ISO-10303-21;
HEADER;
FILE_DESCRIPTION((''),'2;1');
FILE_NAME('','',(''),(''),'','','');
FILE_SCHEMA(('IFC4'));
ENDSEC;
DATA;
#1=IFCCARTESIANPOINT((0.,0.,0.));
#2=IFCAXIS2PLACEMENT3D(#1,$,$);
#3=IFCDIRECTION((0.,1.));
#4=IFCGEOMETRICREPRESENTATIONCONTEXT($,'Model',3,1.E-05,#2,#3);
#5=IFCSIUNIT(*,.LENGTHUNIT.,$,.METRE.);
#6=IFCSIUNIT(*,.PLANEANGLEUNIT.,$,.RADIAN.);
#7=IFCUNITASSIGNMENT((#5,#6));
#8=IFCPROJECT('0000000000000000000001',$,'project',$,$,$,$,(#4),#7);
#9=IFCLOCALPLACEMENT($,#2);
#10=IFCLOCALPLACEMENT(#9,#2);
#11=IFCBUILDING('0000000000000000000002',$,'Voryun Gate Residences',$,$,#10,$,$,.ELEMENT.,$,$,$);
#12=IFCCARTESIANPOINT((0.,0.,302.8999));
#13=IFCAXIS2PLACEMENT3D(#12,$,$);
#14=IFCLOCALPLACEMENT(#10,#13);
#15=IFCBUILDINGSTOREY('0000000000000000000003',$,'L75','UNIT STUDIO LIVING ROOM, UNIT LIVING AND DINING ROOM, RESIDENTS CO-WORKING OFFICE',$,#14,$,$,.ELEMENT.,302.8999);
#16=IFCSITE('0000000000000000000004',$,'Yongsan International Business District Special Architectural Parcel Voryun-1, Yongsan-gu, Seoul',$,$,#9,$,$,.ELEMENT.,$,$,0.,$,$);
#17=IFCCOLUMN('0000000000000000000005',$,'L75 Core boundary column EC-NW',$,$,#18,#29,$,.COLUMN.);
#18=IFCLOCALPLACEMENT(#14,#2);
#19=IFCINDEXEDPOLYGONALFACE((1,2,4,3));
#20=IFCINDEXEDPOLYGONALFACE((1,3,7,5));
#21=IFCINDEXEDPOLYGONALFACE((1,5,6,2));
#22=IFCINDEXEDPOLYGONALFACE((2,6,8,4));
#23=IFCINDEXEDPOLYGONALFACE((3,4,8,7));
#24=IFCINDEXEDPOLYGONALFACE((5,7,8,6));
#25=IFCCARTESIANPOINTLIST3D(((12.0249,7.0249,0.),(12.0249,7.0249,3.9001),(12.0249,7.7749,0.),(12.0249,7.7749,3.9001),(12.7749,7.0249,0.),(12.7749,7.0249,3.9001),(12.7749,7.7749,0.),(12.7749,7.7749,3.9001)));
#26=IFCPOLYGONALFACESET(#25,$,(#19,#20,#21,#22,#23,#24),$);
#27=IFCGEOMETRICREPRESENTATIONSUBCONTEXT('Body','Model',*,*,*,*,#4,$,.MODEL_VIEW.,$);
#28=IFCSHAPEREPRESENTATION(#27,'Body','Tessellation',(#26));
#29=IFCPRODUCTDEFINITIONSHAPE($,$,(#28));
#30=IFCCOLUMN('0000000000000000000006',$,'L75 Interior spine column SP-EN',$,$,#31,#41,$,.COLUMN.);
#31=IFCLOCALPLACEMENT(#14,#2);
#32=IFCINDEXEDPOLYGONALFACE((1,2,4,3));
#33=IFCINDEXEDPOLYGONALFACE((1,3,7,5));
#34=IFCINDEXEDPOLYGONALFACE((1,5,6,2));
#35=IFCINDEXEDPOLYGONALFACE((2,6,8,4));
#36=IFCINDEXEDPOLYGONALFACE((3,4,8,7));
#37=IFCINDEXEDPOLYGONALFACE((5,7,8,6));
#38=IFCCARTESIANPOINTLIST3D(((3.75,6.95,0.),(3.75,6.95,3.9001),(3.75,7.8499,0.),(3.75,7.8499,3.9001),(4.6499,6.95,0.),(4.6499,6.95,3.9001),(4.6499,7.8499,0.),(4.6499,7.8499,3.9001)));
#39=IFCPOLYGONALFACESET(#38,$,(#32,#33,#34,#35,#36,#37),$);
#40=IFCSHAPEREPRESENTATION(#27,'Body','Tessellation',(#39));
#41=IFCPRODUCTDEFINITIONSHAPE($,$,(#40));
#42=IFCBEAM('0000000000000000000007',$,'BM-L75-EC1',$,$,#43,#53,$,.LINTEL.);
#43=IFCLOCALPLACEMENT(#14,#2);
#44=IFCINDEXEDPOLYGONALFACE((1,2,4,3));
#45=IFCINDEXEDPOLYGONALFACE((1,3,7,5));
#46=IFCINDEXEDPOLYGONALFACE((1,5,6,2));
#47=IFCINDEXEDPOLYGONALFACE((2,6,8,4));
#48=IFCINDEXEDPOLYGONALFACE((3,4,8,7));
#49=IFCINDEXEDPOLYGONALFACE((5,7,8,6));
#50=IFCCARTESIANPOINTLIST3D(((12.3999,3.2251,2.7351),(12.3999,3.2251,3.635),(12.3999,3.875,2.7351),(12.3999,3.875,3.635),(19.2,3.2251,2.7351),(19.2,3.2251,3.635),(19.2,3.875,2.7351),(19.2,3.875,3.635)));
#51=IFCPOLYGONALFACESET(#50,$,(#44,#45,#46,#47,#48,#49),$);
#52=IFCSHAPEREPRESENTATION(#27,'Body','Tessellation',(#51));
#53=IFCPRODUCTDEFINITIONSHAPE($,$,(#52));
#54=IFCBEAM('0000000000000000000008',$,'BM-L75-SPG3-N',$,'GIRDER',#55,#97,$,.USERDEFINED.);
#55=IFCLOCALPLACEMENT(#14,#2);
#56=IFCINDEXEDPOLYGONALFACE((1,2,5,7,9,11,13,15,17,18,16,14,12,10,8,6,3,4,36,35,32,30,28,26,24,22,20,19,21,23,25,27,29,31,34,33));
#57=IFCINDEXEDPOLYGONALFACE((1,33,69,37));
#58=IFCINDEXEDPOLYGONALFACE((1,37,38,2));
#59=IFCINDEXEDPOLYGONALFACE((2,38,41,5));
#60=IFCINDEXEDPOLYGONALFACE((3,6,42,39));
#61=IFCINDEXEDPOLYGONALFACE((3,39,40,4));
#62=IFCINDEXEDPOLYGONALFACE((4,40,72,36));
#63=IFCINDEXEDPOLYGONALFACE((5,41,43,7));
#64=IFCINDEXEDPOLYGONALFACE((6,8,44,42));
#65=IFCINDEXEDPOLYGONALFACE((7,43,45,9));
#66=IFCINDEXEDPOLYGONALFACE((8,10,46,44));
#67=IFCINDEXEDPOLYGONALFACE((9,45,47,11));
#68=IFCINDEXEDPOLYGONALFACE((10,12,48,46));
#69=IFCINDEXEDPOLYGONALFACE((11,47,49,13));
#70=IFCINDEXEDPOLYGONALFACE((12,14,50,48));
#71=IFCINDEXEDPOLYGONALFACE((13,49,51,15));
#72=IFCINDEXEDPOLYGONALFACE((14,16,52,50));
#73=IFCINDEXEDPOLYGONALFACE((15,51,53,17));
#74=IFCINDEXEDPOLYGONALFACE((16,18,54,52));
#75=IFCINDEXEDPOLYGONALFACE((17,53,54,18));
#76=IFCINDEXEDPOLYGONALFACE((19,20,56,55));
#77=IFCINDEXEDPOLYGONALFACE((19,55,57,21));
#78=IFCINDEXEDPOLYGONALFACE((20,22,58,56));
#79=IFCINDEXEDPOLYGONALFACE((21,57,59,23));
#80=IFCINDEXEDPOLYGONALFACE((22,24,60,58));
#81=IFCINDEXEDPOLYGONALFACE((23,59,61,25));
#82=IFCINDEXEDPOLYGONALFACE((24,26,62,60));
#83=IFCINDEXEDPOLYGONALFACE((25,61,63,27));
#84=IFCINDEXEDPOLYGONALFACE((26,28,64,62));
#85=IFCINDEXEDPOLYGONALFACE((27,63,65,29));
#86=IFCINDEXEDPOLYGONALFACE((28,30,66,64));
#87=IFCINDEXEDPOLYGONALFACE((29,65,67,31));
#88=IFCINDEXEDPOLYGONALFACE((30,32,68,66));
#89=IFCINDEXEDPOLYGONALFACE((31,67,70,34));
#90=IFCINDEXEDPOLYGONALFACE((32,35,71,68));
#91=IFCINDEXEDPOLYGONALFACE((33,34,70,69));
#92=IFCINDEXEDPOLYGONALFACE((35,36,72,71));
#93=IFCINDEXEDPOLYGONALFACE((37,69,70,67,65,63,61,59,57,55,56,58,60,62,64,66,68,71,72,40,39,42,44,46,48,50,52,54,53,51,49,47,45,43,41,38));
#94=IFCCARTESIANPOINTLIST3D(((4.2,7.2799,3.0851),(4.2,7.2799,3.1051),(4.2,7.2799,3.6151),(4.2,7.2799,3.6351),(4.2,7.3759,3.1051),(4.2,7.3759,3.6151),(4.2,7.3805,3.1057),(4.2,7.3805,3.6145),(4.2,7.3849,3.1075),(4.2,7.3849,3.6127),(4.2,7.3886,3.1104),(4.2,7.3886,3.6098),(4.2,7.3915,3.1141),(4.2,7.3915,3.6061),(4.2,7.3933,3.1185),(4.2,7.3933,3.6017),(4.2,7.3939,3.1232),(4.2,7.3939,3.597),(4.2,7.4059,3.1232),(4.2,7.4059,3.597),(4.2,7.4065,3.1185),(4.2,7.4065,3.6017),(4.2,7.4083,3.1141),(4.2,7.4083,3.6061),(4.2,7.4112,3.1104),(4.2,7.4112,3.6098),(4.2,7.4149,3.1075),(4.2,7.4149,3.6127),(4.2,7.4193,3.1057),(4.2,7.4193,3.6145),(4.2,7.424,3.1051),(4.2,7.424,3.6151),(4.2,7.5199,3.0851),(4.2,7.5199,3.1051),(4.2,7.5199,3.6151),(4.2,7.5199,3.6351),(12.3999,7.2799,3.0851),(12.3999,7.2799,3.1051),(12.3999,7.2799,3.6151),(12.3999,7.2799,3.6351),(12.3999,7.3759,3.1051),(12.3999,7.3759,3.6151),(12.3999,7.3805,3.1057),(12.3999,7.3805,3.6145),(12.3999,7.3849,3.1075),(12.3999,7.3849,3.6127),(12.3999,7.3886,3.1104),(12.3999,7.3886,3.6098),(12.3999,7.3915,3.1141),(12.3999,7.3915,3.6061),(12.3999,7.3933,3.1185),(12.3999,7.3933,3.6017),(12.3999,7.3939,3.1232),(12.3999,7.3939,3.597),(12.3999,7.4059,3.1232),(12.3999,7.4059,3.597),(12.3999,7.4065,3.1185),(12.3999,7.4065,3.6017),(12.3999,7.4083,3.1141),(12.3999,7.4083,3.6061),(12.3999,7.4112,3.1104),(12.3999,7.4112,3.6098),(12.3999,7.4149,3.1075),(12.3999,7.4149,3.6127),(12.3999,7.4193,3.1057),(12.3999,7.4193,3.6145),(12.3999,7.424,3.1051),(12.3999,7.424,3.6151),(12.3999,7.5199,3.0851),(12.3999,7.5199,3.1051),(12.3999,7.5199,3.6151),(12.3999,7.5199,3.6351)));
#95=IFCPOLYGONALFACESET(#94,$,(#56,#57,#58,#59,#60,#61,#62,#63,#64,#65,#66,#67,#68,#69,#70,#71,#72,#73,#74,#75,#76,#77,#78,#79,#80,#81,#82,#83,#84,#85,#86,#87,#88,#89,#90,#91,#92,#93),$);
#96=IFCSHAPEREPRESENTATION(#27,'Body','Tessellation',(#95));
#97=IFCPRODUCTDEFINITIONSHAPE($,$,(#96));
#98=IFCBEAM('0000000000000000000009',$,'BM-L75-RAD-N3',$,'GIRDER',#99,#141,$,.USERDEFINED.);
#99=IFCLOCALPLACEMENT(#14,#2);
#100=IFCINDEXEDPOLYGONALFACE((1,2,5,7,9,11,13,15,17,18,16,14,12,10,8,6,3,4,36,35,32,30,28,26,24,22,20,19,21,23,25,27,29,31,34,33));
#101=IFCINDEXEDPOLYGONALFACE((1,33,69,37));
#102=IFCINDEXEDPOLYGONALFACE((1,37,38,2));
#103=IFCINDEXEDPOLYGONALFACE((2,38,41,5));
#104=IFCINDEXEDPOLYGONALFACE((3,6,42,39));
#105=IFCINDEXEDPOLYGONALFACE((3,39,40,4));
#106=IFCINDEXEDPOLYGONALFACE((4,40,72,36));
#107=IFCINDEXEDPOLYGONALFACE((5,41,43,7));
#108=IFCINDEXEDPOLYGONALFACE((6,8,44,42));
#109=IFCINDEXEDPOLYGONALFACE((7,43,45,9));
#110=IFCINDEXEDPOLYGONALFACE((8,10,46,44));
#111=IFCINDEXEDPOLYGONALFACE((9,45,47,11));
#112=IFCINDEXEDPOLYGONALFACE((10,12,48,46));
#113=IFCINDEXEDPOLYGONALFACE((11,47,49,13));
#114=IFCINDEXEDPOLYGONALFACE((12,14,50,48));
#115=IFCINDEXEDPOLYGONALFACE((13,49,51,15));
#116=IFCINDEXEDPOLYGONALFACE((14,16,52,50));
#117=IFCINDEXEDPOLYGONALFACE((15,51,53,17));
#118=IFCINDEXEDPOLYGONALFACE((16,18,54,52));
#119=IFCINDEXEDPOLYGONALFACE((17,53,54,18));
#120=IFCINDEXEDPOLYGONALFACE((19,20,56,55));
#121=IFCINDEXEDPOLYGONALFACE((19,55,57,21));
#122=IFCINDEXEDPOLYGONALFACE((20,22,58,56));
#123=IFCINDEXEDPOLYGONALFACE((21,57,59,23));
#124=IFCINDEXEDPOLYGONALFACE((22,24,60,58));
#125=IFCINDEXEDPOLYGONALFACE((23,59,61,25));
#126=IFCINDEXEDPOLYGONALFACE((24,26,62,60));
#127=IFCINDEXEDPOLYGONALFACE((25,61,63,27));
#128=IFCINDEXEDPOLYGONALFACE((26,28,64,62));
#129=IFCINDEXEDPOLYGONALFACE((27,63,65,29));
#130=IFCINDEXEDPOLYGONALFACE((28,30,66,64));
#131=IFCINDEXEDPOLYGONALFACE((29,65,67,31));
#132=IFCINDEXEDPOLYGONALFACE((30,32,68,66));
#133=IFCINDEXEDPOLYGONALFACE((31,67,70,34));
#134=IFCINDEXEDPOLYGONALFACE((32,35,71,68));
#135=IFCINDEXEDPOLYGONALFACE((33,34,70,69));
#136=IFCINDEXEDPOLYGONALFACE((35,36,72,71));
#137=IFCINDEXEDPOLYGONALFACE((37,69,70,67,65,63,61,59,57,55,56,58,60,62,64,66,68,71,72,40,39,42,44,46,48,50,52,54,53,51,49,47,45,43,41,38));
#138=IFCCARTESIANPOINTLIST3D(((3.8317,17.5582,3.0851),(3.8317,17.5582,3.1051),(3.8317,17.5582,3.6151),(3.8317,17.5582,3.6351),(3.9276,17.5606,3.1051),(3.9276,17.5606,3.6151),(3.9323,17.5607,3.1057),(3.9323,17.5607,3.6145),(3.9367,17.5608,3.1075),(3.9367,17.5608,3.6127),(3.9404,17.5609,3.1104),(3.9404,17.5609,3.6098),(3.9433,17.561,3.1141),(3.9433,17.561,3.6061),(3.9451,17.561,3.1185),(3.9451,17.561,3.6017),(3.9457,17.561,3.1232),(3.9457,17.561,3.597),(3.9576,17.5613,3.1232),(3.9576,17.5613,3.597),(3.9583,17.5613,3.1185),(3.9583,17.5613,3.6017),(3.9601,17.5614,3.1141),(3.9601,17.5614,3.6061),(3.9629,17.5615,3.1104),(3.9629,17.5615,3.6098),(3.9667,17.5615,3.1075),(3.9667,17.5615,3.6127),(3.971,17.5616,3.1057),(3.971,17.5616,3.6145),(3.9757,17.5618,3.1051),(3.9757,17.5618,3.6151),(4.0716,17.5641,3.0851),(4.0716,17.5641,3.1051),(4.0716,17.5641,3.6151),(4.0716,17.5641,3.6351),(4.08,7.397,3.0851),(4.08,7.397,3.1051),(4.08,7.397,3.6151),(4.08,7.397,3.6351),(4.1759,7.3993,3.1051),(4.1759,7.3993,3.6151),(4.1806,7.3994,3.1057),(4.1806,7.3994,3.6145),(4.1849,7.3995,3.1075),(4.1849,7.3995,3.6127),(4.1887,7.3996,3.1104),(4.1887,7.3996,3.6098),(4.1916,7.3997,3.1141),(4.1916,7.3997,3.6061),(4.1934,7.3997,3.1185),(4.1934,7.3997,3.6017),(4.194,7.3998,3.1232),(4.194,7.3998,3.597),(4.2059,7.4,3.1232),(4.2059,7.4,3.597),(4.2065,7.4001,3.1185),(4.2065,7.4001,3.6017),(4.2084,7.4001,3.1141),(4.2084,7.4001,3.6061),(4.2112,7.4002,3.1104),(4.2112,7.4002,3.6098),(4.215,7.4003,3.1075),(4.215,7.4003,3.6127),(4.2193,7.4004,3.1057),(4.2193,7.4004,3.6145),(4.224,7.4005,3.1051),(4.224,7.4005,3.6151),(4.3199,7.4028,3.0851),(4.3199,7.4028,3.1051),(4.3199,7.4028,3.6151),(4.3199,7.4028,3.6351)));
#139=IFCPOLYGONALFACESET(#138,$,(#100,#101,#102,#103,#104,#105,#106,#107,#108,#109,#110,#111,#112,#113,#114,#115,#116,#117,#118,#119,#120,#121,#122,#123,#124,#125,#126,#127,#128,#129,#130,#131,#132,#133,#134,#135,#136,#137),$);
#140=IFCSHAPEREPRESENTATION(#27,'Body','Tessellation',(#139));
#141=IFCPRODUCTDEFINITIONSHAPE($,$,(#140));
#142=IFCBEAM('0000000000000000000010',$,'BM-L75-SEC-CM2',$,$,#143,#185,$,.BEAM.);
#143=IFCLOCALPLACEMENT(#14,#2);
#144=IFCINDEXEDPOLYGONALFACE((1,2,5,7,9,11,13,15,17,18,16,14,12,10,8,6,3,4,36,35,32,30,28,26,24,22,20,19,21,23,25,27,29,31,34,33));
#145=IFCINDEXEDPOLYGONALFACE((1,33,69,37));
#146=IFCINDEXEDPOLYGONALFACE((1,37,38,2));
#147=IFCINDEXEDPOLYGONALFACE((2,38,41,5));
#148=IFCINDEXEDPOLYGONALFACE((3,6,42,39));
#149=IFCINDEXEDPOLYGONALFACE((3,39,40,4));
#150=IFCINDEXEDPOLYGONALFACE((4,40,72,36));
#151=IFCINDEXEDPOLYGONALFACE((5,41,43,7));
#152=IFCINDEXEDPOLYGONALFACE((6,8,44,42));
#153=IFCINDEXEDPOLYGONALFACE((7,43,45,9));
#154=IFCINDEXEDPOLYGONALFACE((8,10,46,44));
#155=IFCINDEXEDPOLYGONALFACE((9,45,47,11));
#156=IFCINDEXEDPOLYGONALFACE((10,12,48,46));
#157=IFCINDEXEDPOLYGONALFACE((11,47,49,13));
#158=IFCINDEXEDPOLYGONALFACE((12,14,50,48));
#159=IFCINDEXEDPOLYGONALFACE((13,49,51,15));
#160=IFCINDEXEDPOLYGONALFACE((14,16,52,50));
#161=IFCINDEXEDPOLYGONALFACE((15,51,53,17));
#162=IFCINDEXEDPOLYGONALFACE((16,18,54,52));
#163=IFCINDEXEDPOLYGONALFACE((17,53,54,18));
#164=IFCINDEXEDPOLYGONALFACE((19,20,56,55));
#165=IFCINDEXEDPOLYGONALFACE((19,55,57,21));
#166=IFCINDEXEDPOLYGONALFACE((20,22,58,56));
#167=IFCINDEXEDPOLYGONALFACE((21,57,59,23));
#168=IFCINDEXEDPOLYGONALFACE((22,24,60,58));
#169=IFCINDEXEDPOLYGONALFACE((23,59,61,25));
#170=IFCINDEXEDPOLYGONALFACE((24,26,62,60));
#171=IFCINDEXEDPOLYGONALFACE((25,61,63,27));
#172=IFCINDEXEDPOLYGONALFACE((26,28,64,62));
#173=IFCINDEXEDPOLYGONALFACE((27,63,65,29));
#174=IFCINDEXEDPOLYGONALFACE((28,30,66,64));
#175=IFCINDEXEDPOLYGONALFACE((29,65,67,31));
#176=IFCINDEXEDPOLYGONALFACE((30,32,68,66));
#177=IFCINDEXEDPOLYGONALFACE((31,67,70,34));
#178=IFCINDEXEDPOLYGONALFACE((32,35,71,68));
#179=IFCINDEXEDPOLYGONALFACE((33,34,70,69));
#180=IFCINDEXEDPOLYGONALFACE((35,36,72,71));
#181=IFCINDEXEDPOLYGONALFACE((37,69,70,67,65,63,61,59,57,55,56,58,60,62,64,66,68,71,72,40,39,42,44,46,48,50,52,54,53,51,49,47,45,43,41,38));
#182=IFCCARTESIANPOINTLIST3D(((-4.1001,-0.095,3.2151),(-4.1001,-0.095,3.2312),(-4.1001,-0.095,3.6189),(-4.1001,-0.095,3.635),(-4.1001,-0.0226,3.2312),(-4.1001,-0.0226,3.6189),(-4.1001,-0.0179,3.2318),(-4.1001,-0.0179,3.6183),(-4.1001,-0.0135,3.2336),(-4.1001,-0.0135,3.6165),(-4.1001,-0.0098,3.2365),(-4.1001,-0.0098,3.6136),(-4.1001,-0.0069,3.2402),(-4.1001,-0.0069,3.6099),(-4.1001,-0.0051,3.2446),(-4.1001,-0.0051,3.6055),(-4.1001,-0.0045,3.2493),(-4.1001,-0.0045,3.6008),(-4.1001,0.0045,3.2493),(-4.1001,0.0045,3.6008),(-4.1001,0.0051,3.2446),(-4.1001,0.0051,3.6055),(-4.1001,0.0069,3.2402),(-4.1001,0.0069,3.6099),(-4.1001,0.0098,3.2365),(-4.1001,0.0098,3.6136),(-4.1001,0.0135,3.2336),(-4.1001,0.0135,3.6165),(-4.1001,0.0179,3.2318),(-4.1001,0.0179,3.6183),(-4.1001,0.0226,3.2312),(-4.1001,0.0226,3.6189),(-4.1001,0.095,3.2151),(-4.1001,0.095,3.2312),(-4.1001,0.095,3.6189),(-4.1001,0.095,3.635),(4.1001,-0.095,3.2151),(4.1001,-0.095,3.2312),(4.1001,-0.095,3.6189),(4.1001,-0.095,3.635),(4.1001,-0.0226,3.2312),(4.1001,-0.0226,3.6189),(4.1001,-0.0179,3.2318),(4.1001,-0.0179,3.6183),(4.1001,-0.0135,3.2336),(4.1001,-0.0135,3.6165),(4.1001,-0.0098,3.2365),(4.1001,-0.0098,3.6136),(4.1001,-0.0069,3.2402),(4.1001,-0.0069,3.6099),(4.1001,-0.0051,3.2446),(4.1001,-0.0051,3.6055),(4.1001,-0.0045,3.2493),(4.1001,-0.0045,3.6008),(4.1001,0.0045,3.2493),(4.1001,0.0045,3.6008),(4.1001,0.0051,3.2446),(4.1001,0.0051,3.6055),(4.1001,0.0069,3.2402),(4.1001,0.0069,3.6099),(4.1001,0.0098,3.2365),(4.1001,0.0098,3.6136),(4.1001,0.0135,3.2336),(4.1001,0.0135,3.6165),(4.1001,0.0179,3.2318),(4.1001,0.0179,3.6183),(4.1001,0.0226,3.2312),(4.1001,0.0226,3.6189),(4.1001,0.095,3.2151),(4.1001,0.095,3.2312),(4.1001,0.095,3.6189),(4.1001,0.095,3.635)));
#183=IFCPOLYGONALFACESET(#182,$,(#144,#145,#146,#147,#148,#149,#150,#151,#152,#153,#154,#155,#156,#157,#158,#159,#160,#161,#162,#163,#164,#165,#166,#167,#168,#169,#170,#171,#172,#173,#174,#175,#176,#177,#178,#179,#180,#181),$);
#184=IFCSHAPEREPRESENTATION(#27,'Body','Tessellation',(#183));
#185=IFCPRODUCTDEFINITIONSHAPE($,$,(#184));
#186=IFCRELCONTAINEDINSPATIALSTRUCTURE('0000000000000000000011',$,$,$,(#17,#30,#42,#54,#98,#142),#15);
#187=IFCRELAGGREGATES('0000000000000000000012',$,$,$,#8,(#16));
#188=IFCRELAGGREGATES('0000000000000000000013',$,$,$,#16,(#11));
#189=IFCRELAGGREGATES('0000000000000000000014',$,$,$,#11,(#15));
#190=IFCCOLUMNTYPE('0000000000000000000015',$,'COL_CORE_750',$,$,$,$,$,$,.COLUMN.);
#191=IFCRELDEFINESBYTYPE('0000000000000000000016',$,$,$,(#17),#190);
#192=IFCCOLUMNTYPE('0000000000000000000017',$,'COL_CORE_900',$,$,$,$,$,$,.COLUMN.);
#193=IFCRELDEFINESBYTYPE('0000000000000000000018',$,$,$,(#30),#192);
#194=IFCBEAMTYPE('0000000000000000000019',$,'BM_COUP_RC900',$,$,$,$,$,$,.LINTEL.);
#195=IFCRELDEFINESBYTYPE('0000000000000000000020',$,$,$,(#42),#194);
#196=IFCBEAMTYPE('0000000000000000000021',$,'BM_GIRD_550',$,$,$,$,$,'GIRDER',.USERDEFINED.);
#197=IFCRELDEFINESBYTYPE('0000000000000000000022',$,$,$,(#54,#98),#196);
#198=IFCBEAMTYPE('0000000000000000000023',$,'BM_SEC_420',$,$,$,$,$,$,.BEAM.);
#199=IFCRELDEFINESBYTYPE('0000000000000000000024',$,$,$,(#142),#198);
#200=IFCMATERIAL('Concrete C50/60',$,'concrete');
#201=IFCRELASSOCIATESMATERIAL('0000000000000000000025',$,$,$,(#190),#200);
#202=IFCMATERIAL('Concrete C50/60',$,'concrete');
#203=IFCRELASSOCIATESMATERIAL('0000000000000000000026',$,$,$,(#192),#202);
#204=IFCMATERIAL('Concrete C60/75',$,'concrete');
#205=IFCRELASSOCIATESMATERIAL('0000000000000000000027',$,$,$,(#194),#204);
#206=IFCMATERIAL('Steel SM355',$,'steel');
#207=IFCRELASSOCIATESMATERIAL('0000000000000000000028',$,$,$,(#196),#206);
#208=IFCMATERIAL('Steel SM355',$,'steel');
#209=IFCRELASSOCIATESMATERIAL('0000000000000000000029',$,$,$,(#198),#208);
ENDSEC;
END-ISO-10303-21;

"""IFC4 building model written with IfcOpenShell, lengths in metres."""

from ifc_helpers import new_model, si_unit, direction, frame, origin, origin_2d, place, context, subcontext, project, spatial, rectangle, i_section, extrude, material, material_profile, profile_set, type_object, element, save


model = new_model("IFC4")

# Units and contexts
model_context = context("Model", 3, precision=1e-05, world=origin(), true_north=direction((0.0, 1.0)))
body_context = subcontext(model_context, "Body", "Model", "MODEL_VIEW")
ifc_project = project(units=[si_unit("LENGTHUNIT", "METRE"), si_unit("PLANEANGLEUNIT", "RADIAN")], contexts=[model_context])

# Site, building, storey
site_placement = place(None, origin())
site = spatial("IfcSite", under=ifc_project, at=site_placement, Name="Yongsan International Business District Special Architectural Parcel Voryun-1, Yongsan-gu, Seoul", CompositionType="ELEMENT", RefElevation=0.0)
building_placement = place(site_placement, origin())
building = spatial("IfcBuilding", under=site, at=building_placement, Name="Voryun Gate Residences", CompositionType="ELEMENT")
storey_placement = place(building_placement, frame((0.0, 0.0, 302.8999)))
storey = spatial("IfcBuildingStorey", under=building, at=storey_placement, Name="L75", Description="UNIT STUDIO LIVING ROOM, UNIT LIVING AND DINING ROOM, RESIDENTS CO-WORKING OFFICE", CompositionType="ELEMENT", Elevation=302.8999)

# Columns
ifc_material_1 = material(Name="Concrete C50/60", Category="concrete")
ifc_material_profile_1 = material_profile(ifc_material_1, rectangle(XDim=0.75, YDim=0.75, at=origin_2d()), Name="RC-750x750")
ifc_profile_set_1 = profile_set([ifc_material_profile_1], Name="Concrete C50/60")
column_type_1 = type_object("IfcColumnType", Name="COL_CORE_750", PredefinedType="COLUMN", material=ifc_profile_set_1)
column_1_placement = place(storey_placement, frame((12.3999, 7.3999, 0.0), z_axis=(0.0, 0.0, 1.0), x_axis=(1.0, 0.0, 0.0)))
element("IfcColumn", 1, at=column_1_placement, inside=storey, type_object=column_type_1, Name="L75 Core boundary column EC-NW", PredefinedType="COLUMN", context=body_context, shape_type="SweptSolid", body=[
    extrude(rectangle(XDim=0.75, YDim=0.75, at=origin_2d()), origin(), (0.0, 0.0, 1.0), 3.9001),
])
ifc_material_2 = material(Name="Concrete C50/60", Category="concrete")
ifc_material_profile_2 = material_profile(ifc_material_2, rectangle(XDim=0.8999, YDim=0.8999, at=origin_2d()), Name="RC-900x900")
ifc_profile_set_2 = profile_set([ifc_material_profile_2], Name="Concrete C50/60")
column_type_2 = type_object("IfcColumnType", Name="COL_CORE_900", PredefinedType="COLUMN", material=ifc_profile_set_2)
column_2_placement = place(storey_placement, frame((4.2, 7.3999, 0.0), z_axis=(0.0, 0.0, 1.0), x_axis=(1.0, 0.0, 0.0)))
element("IfcColumn", 2, at=column_2_placement, inside=storey, type_object=column_type_2, Name="L75 Interior spine column SP-EN", PredefinedType="COLUMN", context=body_context, shape_type="SweptSolid", body=[
    extrude(rectangle(XDim=0.8999, YDim=0.8999, at=origin_2d()), origin(), (0.0, 0.0, 1.0), 3.9001),
])

# Beams
ifc_material_3 = material(Name="Concrete C60/75", Category="concrete")
ifc_material_profile_3 = material_profile(ifc_material_3, rectangle(XDim=0.6499, YDim=0.8999, at=origin_2d()), Name="RC-650x900")
ifc_profile_set_3 = profile_set([ifc_material_profile_3], Name="Concrete C60/75")
beam_type_1 = type_object("IfcBeamType", Name="BM_COUP_RC900", PredefinedType="LINTEL", material=ifc_profile_set_3)
beam_1_placement = place(storey_placement, frame((12.3999, 3.55, 3.1851), z_axis=(1.0, 0.0, 0.0), x_axis=(0.0, 1.0, 0.0)))
element("IfcBeam", 3, at=beam_1_placement, inside=storey, type_object=beam_type_1, Name="BM-L75-EC1", PredefinedType="LINTEL", context=body_context, shape_type="SweptSolid", body=[
    extrude(rectangle(XDim=0.6499, YDim=0.8999, at=origin_2d()), origin(), (0.0, 0.0, 1.0), 6.8),
])
ifc_material_4 = material(Name="Steel SM355", Category="steel")
ifc_material_profile_4 = material_profile(ifc_material_4, i_section(OverallWidth=0.24, OverallDepth=0.55, WebThickness=0.012, FlangeThickness=0.02, FilletRadius=0.0181, at=origin_2d()), Name="H-550x240x12x20")
ifc_profile_set_4 = profile_set([ifc_material_profile_4], Name="Steel SM355")
beam_type_2 = type_object("IfcBeamType", Name="BM_GIRD_550", ElementType="GIRDER", PredefinedType="USERDEFINED", material=ifc_profile_set_4)
beam_2_placement = place(storey_placement, frame((4.2, 7.3999, 3.3601), z_axis=(1.0, 0.0, 0.0), x_axis=(0.0, 1.0, 0.0)))
element("IfcBeam", 4, at=beam_2_placement, inside=storey, type_object=beam_type_2, Name="BM-L75-SPG3-N", ObjectType="GIRDER", PredefinedType="USERDEFINED", context=body_context, shape_type="SweptSolid", body=[
    extrude(i_section(OverallWidth=0.24, OverallDepth=0.55, WebThickness=0.012, FlangeThickness=0.02, FilletRadius=0.0181, at=origin_2d()), origin(), (0.0, 0.0, 1.0), 8.2),
])
beam_3_placement = place(storey_placement, frame((4.2, 7.3999, 3.3601), z_axis=(-0.024427, 0.999702, 0.0), x_axis=(-0.999702, -0.024427, 0.0)))
element("IfcBeam", 5, at=beam_3_placement, inside=storey, type_object=beam_type_2, Name="BM-L75-RAD-N3", ObjectType="GIRDER", PredefinedType="USERDEFINED", context=body_context, shape_type="SweptSolid", body=[
    extrude(i_section(OverallWidth=0.24, OverallDepth=0.55, WebThickness=0.012, FlangeThickness=0.02, FilletRadius=0.0181, at=origin_2d()), origin(), (0.0, 0.0, 1.0), 10.1643),
])
ifc_material_5 = material(Name="Steel SM355", Category="steel")
ifc_material_profile_5 = material_profile(ifc_material_5, i_section(OverallWidth=0.1899, OverallDepth=0.4199, WebThickness=0.009, FlangeThickness=0.0161, FilletRadius=0.0181, at=origin_2d()), Name="H-420x190x9x16")
ifc_profile_set_5 = profile_set([ifc_material_profile_5], Name="Steel SM355")
beam_type_3 = type_object("IfcBeamType", Name="BM_SEC_420", PredefinedType="BEAM", material=ifc_profile_set_5)
beam_4_placement = place(storey_placement, frame((-4.1001, 0.0, 3.425), z_axis=(1.0, 0.0, 0.0), x_axis=(0.0, 1.0, 0.0)))
element("IfcBeam", 6, at=beam_4_placement, inside=storey, type_object=beam_type_3, Name="BM-L75-SEC-CM2", PredefinedType="BEAM", context=body_context, shape_type="SweptSolid", body=[
    extrude(i_section(OverallWidth=0.1899, OverallDepth=0.4199, WebThickness=0.009, FlangeThickness=0.0161, FilletRadius=0.0181, at=origin_2d()), origin(), (0.0, 0.0, 1.0), 8.2002),
])

save(model, "model.ifc")
